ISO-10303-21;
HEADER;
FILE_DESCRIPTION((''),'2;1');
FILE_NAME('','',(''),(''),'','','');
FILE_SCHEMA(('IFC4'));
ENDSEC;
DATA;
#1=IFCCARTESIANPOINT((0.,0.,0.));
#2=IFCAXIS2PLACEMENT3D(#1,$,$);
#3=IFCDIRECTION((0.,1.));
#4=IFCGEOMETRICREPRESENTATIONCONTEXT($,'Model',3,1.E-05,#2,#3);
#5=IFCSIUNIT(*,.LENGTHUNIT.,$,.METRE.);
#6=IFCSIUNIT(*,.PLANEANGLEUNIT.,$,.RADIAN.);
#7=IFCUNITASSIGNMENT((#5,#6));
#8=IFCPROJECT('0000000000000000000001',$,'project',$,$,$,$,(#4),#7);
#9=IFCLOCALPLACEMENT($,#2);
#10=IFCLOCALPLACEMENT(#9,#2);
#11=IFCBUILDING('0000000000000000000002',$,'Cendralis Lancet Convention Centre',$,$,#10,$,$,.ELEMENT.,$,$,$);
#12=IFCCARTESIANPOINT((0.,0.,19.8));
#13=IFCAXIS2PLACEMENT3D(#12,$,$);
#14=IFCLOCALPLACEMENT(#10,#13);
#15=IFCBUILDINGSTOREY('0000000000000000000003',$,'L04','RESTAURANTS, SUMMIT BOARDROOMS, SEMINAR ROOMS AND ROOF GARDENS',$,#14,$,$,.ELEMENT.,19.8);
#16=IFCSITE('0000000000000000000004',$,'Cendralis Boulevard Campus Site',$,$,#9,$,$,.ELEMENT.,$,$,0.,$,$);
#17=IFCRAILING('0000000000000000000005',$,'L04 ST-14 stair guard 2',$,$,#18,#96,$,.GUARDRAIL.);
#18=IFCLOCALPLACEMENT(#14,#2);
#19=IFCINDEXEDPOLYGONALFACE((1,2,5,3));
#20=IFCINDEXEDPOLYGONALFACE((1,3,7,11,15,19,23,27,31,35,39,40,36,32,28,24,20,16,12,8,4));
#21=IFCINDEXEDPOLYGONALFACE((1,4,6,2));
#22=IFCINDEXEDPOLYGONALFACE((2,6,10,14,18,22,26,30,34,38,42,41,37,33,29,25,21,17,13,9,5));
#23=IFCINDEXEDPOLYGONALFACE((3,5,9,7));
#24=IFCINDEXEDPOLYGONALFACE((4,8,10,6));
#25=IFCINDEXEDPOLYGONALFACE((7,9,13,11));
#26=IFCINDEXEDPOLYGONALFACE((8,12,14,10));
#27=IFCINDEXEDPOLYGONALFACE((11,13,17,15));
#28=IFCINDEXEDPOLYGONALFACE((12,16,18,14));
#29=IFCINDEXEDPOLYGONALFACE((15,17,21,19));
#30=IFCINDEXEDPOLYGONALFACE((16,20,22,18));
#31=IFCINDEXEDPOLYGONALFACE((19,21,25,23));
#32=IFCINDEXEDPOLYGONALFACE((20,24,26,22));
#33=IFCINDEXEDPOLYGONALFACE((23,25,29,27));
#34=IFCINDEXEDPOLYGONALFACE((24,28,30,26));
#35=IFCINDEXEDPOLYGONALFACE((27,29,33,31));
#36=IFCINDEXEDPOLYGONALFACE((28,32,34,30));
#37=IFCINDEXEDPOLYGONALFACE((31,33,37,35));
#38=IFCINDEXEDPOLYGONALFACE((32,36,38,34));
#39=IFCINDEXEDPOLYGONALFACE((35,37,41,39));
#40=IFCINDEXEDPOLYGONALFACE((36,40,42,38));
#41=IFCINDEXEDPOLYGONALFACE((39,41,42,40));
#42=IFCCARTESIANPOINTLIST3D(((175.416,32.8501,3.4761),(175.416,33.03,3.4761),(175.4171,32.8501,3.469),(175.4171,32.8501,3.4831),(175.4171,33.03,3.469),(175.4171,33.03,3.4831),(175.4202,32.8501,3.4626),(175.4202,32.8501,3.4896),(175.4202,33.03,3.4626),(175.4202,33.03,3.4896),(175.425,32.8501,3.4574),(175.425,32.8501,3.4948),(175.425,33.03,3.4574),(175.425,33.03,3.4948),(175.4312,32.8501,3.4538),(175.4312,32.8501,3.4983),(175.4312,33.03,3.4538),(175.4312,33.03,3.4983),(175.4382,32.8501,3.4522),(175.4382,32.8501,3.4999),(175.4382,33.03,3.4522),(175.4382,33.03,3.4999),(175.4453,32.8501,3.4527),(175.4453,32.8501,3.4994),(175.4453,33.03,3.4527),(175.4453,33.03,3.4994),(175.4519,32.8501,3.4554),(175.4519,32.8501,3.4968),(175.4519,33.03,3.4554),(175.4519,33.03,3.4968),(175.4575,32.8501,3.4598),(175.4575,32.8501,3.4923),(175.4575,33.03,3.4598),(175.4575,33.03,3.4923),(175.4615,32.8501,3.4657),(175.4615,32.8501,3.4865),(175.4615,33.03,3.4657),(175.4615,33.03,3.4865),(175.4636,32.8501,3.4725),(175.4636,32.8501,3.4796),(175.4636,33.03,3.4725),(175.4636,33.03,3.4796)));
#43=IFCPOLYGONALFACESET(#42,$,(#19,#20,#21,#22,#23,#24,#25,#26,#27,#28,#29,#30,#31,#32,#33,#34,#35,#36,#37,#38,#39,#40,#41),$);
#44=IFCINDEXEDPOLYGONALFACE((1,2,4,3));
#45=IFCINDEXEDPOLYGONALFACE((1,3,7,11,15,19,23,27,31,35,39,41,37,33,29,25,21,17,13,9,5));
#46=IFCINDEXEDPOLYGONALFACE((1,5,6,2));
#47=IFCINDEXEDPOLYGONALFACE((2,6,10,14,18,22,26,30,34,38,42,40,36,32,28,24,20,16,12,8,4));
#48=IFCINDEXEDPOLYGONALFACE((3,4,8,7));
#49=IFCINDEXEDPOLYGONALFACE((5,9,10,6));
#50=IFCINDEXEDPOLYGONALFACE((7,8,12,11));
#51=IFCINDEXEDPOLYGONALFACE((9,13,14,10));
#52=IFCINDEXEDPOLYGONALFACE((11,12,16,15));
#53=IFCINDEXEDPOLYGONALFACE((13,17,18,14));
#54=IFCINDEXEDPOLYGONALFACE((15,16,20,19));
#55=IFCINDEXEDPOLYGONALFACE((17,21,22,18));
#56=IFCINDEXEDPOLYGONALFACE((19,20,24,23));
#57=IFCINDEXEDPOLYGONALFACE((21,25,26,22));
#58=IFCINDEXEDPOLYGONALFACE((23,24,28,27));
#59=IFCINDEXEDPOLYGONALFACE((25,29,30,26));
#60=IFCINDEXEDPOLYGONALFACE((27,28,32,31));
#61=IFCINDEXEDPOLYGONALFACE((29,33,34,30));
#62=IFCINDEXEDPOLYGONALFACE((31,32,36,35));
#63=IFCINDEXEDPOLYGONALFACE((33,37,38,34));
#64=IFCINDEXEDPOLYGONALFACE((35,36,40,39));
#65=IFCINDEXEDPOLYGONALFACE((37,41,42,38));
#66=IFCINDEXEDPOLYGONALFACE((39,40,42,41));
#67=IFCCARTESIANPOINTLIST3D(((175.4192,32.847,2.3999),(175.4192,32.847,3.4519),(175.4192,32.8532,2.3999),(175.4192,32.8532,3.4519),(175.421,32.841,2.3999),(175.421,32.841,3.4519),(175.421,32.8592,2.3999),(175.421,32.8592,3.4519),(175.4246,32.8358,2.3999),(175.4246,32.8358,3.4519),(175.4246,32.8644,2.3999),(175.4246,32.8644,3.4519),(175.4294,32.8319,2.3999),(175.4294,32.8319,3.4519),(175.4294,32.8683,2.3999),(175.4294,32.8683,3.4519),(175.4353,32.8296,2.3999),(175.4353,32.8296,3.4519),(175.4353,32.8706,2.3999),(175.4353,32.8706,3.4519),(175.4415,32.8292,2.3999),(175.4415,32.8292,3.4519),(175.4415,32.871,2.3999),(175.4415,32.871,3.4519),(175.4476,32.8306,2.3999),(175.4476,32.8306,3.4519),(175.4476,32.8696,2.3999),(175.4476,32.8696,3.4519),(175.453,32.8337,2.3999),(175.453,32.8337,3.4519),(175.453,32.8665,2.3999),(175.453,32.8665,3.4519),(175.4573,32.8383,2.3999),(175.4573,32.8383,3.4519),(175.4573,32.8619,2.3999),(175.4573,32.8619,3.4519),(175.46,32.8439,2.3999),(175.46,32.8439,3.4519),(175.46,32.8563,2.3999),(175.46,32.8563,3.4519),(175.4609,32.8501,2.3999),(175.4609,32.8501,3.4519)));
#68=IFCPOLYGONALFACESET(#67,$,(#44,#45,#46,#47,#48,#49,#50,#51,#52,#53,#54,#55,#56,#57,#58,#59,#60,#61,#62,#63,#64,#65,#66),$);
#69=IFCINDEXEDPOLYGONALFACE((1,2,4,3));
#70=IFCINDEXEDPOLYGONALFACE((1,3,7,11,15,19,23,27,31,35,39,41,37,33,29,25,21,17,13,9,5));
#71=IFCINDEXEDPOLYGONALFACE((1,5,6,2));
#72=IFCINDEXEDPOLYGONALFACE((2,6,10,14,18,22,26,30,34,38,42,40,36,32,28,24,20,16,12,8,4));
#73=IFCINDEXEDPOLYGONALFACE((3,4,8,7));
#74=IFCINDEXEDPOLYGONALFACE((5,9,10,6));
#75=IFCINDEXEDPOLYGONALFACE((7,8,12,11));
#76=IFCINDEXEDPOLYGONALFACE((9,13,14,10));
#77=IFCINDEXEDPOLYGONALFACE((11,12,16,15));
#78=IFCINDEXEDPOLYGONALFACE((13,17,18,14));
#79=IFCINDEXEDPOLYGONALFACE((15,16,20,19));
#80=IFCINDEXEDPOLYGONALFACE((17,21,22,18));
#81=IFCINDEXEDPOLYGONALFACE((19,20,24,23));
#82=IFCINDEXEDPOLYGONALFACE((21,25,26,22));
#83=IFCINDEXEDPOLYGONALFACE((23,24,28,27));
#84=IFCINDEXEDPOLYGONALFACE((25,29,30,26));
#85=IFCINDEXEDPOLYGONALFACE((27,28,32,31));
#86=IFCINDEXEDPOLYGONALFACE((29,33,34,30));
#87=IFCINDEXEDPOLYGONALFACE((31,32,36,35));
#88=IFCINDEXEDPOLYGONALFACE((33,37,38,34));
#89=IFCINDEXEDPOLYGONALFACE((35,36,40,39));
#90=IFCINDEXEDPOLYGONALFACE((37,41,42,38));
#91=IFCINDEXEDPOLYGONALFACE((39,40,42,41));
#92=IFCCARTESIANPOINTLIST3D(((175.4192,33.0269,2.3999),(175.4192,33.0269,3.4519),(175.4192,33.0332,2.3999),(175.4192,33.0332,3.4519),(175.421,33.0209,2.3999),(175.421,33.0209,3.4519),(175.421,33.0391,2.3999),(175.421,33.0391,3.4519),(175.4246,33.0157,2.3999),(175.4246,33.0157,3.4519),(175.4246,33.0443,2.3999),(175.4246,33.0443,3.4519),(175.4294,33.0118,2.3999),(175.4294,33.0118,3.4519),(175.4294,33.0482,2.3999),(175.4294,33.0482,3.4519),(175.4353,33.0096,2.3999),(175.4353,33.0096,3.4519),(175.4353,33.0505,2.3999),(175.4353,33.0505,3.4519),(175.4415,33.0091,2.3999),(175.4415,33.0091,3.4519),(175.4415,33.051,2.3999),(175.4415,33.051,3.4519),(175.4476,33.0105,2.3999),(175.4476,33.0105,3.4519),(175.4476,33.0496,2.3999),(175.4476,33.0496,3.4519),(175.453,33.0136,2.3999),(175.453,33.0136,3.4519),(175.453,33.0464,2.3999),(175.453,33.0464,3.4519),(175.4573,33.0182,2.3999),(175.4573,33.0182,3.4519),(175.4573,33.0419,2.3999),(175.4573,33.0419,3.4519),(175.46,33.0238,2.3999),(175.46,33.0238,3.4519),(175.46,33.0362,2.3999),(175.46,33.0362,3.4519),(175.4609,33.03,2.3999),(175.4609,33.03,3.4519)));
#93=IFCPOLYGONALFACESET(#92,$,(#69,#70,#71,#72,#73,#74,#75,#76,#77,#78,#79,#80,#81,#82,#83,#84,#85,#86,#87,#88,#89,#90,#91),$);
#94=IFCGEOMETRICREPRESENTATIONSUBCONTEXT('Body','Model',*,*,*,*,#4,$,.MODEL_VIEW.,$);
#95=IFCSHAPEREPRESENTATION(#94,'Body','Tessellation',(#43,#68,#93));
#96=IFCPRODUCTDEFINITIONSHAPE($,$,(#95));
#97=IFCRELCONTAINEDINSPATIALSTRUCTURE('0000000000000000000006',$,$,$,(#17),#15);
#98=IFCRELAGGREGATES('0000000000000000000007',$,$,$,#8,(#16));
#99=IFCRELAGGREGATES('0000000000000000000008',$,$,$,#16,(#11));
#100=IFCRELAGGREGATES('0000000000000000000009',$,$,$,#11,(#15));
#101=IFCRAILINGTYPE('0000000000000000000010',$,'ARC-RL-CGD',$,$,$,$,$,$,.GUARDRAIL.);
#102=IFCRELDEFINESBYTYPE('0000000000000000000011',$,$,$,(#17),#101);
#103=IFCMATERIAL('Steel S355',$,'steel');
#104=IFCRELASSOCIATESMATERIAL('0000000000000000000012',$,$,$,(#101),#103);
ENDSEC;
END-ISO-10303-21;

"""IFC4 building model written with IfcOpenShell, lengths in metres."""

from ifc_helpers import new_model, si_unit, direction, frame, origin, origin_2d, place, context, subcontext, project, spatial, circle, extrude, material, type_object, element, save


model = new_model("IFC4")

# Units and contexts
model_context = context("Model", 3, precision=1e-05, world=origin(), true_north=direction((0.0, 1.0)))
body_context = subcontext(model_context, "Body", "Model", "MODEL_VIEW")
ifc_project = project(units=[si_unit("LENGTHUNIT", "METRE"), si_unit("PLANEANGLEUNIT", "RADIAN")], contexts=[model_context])

# Site, building, storey
site_placement = place(None, origin())
site = spatial("IfcSite", under=ifc_project, at=site_placement, Name="Cendralis Boulevard Campus Site", CompositionType="ELEMENT", RefElevation=0.0)
building_placement = place(site_placement, origin())
building = spatial("IfcBuilding", under=site, at=building_placement, Name="Cendralis Lancet Convention Centre", CompositionType="ELEMENT")
storey_placement = place(building_placement, frame((0.0, 0.0, 19.8)))
storey = spatial("IfcBuildingStorey", under=building, at=storey_placement, Name="L04", Description="RESTAURANTS, SUMMIT BOARDROOMS, SEMINAR ROOMS AND ROOF GARDENS", CompositionType="ELEMENT", Elevation=19.8)

# Railing
ifc_material_1 = material(Name="Steel S355", Category="steel")
railing_type_1 = type_object("IfcRailingType", Name="ARC-RL-CGD", PredefinedType="GUARDRAIL", material=ifc_material_1)
railing_1_placement = place(storey_placement, frame((175.4399, 32.8501, 2.3999)))
element("IfcRailing", 1, at=railing_1_placement, inside=storey, type_object=railing_type_1, Name="L04 ST-14 stair guard 2", PredefinedType="GUARDRAIL", context=body_context, shape_type="SweptSolid", body=[
    extrude(circle(Radius=0.0239, at=origin_2d()), frame((0.0, 0.0, 1.0762), z_axis=(0.0, 1.0, 0.0), x_axis=(-1.0, 0.0, 0.0)), (0.0, 0.0, 1.0), 0.1799),
    extrude(circle(Radius=0.021, at=origin_2d()), origin(), (0.0, 0.0, 1.0), 1.052),
    extrude(circle(Radius=0.021, at=origin_2d()), frame((0.0, 0.1799, 0.0)), (0.0, 0.0, 1.0), 1.052),
])

save(model, "model.ifc")
